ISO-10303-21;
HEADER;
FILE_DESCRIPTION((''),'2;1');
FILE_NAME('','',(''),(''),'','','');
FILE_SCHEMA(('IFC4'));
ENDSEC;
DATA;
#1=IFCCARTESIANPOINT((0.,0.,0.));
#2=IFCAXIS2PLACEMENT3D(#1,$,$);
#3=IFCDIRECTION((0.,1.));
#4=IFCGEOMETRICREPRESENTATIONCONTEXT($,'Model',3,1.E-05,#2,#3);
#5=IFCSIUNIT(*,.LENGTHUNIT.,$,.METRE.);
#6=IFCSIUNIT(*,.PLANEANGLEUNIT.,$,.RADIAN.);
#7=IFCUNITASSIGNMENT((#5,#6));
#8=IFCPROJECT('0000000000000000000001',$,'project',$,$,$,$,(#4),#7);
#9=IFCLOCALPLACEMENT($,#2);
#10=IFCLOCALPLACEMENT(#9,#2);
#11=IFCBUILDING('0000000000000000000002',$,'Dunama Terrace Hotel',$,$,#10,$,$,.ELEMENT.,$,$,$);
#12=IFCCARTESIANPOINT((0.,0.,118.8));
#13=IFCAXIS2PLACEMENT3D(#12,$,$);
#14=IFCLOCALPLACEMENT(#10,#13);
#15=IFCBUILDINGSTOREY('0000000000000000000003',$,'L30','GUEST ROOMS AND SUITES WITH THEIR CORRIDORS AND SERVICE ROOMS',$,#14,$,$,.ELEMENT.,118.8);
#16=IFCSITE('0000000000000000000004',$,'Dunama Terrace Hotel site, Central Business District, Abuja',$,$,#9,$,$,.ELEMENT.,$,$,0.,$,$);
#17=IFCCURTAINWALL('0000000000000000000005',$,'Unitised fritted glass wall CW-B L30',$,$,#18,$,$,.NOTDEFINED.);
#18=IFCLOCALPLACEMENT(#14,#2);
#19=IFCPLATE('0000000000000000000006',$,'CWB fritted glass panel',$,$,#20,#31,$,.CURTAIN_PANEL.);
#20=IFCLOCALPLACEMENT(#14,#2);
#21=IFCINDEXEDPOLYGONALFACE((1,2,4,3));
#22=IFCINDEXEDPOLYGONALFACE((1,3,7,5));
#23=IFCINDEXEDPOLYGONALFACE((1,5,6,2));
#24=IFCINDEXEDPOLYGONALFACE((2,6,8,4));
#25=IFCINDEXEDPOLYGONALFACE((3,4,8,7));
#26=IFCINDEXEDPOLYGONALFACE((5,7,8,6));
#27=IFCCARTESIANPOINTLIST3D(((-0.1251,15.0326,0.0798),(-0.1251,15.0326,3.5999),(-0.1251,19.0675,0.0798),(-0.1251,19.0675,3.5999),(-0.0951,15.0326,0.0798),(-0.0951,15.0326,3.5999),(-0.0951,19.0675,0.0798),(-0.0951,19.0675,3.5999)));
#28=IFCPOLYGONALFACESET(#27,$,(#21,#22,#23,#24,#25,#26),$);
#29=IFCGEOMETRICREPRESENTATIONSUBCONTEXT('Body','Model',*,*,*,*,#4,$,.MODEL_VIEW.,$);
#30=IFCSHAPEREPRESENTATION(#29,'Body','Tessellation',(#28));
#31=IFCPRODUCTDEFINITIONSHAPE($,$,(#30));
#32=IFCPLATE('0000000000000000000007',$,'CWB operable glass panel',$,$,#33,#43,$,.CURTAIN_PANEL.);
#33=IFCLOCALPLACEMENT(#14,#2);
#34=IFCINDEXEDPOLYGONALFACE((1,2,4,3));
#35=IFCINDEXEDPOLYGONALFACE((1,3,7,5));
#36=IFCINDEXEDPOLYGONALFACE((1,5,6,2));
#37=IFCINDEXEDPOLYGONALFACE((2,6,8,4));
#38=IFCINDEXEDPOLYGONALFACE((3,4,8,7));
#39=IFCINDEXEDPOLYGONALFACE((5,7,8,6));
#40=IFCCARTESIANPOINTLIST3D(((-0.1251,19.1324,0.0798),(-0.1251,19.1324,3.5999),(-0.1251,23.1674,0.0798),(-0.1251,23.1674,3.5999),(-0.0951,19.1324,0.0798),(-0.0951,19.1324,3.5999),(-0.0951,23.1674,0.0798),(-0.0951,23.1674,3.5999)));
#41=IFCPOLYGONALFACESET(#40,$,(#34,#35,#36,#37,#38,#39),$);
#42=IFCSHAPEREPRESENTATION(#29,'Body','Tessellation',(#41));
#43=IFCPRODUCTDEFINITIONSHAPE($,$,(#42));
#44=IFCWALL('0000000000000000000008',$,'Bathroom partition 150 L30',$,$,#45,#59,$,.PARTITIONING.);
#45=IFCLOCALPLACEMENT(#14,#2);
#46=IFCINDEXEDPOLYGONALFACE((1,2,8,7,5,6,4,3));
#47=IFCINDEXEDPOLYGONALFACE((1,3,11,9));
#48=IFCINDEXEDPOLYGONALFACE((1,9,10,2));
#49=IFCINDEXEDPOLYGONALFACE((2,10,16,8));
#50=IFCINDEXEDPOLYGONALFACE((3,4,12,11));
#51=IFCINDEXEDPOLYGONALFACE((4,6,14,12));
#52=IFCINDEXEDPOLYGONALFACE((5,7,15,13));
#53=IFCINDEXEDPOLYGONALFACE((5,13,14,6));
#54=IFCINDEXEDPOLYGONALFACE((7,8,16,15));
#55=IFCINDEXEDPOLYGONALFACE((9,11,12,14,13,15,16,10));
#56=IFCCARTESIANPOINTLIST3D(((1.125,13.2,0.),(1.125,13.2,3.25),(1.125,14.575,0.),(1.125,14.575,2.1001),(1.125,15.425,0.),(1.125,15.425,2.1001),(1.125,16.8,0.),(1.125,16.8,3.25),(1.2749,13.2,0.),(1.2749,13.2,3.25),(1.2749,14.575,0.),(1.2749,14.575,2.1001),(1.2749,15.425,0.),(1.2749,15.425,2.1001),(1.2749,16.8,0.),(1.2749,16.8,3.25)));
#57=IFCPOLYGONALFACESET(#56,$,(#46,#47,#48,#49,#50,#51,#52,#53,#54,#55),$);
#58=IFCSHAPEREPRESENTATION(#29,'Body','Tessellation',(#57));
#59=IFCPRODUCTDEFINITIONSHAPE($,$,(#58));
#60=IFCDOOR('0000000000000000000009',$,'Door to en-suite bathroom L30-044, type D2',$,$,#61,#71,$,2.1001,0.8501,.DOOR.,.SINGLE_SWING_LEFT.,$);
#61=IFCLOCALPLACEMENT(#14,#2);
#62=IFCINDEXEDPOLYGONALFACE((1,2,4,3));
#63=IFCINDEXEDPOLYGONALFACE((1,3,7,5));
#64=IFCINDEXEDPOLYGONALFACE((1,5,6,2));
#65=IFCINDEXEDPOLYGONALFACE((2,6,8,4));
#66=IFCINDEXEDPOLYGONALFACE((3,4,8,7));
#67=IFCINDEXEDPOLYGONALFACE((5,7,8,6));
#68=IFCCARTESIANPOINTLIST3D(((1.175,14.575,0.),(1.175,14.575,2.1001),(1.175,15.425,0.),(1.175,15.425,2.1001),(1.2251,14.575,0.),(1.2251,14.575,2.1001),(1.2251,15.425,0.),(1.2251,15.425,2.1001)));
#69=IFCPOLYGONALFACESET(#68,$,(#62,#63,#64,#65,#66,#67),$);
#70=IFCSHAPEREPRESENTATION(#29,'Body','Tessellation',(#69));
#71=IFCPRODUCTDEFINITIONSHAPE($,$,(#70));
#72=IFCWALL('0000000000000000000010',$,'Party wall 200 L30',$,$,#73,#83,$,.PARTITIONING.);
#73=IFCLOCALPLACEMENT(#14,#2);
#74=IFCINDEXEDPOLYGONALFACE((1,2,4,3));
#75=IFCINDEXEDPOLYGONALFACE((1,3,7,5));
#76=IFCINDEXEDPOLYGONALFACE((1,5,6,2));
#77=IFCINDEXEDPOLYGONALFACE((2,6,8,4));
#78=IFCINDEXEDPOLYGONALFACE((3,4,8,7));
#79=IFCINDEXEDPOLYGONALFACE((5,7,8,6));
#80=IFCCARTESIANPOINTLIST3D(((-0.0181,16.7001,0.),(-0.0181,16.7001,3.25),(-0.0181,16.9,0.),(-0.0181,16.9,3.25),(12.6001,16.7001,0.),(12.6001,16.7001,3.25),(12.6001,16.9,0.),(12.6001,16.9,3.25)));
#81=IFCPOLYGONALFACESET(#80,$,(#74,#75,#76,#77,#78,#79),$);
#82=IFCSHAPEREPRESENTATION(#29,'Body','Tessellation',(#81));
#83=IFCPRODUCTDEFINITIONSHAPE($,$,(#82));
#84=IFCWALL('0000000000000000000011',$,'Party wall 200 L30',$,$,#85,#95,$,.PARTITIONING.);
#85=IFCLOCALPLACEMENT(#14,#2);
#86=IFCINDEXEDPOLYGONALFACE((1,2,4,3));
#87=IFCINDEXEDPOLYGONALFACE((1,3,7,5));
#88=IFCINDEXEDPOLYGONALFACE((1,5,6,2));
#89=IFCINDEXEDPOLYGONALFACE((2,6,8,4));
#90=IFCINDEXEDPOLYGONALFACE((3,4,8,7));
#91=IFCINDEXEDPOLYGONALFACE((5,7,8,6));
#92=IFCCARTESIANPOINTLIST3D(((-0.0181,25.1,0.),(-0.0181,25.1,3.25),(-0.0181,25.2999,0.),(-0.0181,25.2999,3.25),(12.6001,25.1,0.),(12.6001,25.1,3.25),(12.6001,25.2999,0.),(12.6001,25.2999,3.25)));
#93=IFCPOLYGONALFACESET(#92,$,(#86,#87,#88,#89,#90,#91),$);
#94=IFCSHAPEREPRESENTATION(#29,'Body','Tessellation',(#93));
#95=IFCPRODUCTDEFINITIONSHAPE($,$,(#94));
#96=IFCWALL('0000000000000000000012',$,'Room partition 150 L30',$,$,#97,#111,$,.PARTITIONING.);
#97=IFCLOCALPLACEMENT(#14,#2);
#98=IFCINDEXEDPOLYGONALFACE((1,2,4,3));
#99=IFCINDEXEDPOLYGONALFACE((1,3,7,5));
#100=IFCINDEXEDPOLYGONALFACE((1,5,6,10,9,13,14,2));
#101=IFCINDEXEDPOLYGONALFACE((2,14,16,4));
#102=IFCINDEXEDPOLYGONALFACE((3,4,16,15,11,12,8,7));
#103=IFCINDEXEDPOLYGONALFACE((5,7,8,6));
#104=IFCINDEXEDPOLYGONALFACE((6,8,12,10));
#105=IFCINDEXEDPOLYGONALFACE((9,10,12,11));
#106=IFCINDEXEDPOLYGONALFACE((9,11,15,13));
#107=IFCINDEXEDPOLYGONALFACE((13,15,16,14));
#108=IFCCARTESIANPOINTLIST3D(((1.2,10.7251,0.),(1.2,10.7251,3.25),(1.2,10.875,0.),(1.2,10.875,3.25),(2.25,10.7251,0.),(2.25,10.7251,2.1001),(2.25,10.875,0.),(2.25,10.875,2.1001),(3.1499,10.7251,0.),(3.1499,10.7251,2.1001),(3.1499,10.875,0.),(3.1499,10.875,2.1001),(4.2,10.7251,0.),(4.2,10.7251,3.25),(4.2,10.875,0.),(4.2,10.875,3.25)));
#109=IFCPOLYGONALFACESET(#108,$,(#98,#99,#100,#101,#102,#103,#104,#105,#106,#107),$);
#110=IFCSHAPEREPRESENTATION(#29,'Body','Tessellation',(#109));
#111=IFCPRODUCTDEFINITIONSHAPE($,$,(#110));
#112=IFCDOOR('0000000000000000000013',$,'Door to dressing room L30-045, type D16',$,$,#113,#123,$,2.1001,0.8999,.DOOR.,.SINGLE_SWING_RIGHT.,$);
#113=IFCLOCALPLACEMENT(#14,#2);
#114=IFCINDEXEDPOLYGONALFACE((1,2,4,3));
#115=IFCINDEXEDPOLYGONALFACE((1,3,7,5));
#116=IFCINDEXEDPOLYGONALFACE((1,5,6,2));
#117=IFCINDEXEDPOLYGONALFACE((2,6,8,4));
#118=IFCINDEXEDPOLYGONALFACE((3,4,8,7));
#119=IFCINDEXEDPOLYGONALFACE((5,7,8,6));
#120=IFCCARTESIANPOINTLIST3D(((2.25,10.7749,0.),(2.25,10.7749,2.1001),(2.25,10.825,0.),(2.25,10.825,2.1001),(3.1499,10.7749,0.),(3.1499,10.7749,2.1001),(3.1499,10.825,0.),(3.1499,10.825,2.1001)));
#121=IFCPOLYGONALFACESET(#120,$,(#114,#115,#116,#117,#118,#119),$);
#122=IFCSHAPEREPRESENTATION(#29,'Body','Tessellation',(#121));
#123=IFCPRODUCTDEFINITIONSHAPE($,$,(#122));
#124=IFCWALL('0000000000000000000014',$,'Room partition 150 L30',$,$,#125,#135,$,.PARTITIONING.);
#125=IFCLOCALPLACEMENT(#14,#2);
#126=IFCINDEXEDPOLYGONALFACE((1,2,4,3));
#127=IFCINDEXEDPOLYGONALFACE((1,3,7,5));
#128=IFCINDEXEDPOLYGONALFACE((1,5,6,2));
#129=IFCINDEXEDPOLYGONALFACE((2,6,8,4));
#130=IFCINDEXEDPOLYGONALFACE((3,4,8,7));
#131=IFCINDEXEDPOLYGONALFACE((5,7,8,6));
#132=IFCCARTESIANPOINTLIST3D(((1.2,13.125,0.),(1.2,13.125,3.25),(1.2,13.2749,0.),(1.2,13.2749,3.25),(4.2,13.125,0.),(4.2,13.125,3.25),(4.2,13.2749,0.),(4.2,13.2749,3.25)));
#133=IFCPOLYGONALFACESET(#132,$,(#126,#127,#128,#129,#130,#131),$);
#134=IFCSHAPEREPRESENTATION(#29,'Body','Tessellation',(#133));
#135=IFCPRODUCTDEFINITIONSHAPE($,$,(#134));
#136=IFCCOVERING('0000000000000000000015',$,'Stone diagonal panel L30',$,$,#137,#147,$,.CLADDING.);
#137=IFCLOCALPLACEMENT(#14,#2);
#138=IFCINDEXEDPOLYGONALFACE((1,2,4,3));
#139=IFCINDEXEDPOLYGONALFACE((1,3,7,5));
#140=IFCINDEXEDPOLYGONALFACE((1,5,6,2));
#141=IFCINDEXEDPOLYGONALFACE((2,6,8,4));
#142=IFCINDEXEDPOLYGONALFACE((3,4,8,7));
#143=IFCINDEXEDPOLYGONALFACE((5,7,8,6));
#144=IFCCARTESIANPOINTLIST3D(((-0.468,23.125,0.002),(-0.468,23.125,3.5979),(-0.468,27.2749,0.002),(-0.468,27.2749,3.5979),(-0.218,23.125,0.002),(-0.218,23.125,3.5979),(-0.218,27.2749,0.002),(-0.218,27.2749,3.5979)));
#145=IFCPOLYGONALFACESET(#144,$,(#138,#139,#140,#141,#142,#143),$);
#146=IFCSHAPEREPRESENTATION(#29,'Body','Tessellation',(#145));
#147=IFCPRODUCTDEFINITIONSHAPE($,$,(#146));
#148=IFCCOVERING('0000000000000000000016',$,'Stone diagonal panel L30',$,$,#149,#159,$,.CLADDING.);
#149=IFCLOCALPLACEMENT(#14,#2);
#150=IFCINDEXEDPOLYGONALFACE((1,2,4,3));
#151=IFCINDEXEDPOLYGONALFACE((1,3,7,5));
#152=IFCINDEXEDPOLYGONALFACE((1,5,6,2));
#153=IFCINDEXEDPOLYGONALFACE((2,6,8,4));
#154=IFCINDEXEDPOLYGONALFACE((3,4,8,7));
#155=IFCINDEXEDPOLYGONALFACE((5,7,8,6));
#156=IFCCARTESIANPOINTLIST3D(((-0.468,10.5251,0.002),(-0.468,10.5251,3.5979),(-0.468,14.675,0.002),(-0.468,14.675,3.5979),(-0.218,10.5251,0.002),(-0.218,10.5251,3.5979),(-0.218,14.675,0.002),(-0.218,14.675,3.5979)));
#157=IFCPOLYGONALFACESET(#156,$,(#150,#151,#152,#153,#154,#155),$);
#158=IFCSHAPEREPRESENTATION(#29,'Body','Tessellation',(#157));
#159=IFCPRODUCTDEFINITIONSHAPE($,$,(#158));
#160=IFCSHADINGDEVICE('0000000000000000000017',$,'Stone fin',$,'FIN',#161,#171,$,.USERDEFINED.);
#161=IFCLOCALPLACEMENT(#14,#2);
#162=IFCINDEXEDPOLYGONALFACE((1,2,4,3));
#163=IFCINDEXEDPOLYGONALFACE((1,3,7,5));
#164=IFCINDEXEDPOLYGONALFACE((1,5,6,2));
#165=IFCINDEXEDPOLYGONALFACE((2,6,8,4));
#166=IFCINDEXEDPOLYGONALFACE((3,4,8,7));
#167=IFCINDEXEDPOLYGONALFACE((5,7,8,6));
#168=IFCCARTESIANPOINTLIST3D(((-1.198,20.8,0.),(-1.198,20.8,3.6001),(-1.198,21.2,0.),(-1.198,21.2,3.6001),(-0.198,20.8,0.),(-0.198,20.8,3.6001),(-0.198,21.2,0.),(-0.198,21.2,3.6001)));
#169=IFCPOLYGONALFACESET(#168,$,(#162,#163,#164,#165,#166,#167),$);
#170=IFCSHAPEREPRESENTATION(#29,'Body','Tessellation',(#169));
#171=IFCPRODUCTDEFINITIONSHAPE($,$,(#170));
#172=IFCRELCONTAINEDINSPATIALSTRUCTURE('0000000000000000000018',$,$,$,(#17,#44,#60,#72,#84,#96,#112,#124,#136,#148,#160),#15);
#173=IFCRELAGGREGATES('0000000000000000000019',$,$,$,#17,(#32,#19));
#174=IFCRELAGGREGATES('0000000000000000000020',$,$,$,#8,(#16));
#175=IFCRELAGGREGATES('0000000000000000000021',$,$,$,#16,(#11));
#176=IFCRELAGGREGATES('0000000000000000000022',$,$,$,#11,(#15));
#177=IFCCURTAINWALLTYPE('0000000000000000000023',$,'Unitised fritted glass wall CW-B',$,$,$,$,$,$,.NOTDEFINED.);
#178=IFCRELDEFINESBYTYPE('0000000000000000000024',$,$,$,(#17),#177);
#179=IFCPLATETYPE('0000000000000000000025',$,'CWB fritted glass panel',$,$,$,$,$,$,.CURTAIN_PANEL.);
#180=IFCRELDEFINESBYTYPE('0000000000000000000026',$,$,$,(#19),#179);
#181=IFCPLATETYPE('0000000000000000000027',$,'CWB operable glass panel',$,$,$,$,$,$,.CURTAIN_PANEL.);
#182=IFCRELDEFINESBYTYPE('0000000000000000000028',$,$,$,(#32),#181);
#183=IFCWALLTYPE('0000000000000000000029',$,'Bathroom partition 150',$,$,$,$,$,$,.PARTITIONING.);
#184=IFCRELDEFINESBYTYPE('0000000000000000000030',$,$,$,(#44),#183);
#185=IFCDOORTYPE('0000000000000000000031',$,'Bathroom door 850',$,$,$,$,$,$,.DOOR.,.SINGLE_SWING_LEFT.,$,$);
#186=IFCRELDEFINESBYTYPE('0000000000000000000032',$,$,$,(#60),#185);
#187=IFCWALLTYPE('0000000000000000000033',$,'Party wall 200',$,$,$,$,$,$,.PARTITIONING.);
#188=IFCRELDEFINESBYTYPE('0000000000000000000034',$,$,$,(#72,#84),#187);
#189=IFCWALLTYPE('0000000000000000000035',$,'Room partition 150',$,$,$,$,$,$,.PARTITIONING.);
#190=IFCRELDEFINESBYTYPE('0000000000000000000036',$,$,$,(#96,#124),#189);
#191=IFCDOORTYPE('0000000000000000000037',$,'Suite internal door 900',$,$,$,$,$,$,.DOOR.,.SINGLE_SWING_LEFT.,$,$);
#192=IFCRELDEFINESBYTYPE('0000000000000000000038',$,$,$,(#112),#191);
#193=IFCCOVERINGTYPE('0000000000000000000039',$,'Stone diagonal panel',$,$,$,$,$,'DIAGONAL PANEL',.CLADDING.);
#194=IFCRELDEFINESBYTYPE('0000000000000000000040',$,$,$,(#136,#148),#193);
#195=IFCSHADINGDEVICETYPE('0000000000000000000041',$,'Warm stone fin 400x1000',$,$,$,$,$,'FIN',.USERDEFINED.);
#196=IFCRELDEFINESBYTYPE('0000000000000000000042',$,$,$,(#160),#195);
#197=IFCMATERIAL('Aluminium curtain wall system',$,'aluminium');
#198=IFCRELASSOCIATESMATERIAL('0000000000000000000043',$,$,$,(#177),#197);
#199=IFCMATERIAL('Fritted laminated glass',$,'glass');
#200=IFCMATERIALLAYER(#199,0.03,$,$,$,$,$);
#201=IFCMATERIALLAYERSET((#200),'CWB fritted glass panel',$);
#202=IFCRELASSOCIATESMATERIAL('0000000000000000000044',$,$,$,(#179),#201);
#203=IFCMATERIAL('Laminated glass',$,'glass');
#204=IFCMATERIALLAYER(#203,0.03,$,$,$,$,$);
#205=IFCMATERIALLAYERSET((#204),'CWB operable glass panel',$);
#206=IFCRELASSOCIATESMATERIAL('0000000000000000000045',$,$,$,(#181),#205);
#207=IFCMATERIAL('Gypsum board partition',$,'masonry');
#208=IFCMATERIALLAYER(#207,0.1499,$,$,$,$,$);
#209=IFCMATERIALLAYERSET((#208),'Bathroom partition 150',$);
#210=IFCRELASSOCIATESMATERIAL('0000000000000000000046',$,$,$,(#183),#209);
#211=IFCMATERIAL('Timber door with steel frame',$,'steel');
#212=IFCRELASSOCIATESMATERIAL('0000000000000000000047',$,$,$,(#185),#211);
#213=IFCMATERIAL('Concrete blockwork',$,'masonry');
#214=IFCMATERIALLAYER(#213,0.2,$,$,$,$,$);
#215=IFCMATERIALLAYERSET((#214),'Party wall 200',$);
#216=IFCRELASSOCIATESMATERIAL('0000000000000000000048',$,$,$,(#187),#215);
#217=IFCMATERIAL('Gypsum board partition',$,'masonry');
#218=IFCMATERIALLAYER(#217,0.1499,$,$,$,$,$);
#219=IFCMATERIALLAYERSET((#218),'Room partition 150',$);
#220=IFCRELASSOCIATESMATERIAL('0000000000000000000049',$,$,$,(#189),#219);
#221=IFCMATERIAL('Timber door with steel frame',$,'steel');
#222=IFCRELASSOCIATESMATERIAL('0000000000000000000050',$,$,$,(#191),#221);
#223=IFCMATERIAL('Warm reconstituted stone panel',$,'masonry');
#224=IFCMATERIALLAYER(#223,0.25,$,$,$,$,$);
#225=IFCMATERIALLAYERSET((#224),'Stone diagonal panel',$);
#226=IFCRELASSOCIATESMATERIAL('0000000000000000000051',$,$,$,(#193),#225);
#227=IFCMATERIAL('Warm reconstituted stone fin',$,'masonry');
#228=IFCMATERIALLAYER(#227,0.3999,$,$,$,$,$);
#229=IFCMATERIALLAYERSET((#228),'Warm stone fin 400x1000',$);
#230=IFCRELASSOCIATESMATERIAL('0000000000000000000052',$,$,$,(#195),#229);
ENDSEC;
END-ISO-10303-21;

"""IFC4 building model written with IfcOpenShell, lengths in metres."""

from ifc_helpers import new_model, si_unit, direction, frame, frame_2d, origin, origin_2d, place, context, subcontext, project, spatial, rectangle, extrude, material, layer, layer_set, type_object, element, fill, aggregate, save


model = new_model("IFC4")

# Units and contexts
model_context = context("Model", 3, precision=1e-05, world=origin(), true_north=direction((0.0, 1.0)))
body_context = subcontext(model_context, "Body", "Model", "MODEL_VIEW")
ifc_project = project(units=[si_unit("LENGTHUNIT", "METRE"), si_unit("PLANEANGLEUNIT", "RADIAN")], contexts=[model_context])

# Site, building, storey
site_placement = place(None, origin())
site = spatial("IfcSite", under=ifc_project, at=site_placement, Name="Dunama Terrace Hotel site, Central Business District, Abuja", CompositionType="ELEMENT", RefElevation=0.0)
building_placement = place(site_placement, origin())
building = spatial("IfcBuilding", under=site, at=building_placement, Name="Dunama Terrace Hotel", CompositionType="ELEMENT")
storey_placement = place(building_placement, frame((0.0, 0.0, 118.8)))
storey = spatial("IfcBuildingStorey", under=building, at=storey_placement, Name="L30", Description="GUEST ROOMS AND SUITES WITH THEIR CORRIDORS AND SERVICE ROOMS", CompositionType="ELEMENT", Elevation=118.8)

# Curtain wall
ifc_material_1 = material(Name="Aluminium curtain wall system", Category="aluminium")
curtain_wall_type = type_object("IfcCurtainWallType", Name="Unitised fritted glass wall CW-B", PredefinedType="NOTDEFINED", material=ifc_material_1)
curtain_wall_placement = place(storey_placement, origin())
curtain_wall = element("IfcCurtainWall", 1, at=curtain_wall_placement, inside=storey, type_object=curtain_wall_type, Name="Unitised fritted glass wall CW-B L30", PredefinedType="NOTDEFINED")

# Plates
ifc_material_2 = material(Name="Fritted laminated glass", Category="glass")
ifc_layer_1 = layer(ifc_material_2, 0.03)
ifc_layer_set_1 = layer_set([ifc_layer_1], Name="CWB fritted glass panel")
plate_type_1 = type_object("IfcPlateType", Name="CWB fritted glass panel", PredefinedType="CURTAIN_PANEL", material=ifc_layer_set_1)
plate_1_placement = place(storey_placement, frame((-0.1101, 17.05, 0.0798), z_axis=(0.0, 0.0, 1.0), x_axis=(0.0, -1.0, 0.0)))
plate_1 = element("IfcPlate", 2, at=plate_1_placement, type_object=plate_type_1, Name="CWB fritted glass panel", PredefinedType="CURTAIN_PANEL", context=body_context, shape_type="SweptSolid", body=[
    extrude(rectangle(XDim=4.0349, YDim=0.03, at=origin_2d()), origin(), (0.0, 0.0, 1.0), 3.52),
])
ifc_material_3 = material(Name="Laminated glass", Category="glass")
ifc_layer_2 = layer(ifc_material_3, 0.03)
ifc_layer_set_2 = layer_set([ifc_layer_2], Name="CWB operable glass panel")
plate_type_2 = type_object("IfcPlateType", Name="CWB operable glass panel", PredefinedType="CURTAIN_PANEL", material=ifc_layer_set_2)
plate_2_placement = place(storey_placement, frame((-0.1101, 21.1499, 0.0798), z_axis=(0.0, 0.0, 1.0), x_axis=(0.0, -1.0, 0.0)))
plate_2 = element("IfcPlate", 3, at=plate_2_placement, type_object=plate_type_2, Name="CWB operable glass panel", PredefinedType="CURTAIN_PANEL", context=body_context, shape_type="SweptSolid", body=[
    extrude(rectangle(XDim=4.0349, YDim=0.03, at=origin_2d()), origin(), (0.0, 0.0, 1.0), 3.52),
])
aggregate(curtain_wall, [plate_2, plate_1])

# Wall, opening, door
ifc_material_4 = material(Name="Gypsum board partition", Category="masonry")
ifc_layer_3 = layer(ifc_material_4, 0.1499)
ifc_layer_set_3 = layer_set([ifc_layer_3], Name="Bathroom partition 150")
wall_type_1 = type_object("IfcWallType", Name="Bathroom partition 150", PredefinedType="PARTITIONING", material=ifc_layer_set_3)
wall_1_placement = place(storey_placement, frame((1.2, 13.2, 0.0), z_axis=(0.0, 0.0, 1.0), x_axis=(0.0, 1.0, 0.0)))
wall_1 = element("IfcWall", 4, at=wall_1_placement, inside=storey, type_object=wall_type_1, Name="Bathroom partition 150 L30", PredefinedType="PARTITIONING", context=body_context, shape_type="SweptSolid", body=[
    extrude(rectangle(XDim=3.6001, YDim=0.1499, at=frame_2d((1.8, 0.0))), origin(), (0.0, 0.0, 1.0), 3.25),
])
opening_1_placement = place(wall_1_placement, frame((1.375, 0.0, 0.0)))
opening_1 = element("IfcOpeningElement", 5, at=opening_1_placement, cuts=wall_1, PredefinedType="OPENING", context=body_context, shape_type="SweptSolid", body=[
    extrude(rectangle(XDim=0.8501, YDim=2.1001, at=frame_2d((0.425, 1.05))), frame((0.0, 0.085, 0.0), z_axis=(0.0, -1.0, 0.0), x_axis=(1.0, 0.0, 0.0)), (0.0, 0.0, 1.0), 0.1699),
])
ifc_material_5 = material(Name="Timber door with steel frame", Category="steel")
door_type_1 = type_object("IfcDoorType", Name="Bathroom door 850", OperationType="SINGLE_SWING_LEFT", PredefinedType="DOOR", material=ifc_material_5)
door_1_placement = place(opening_1_placement, frame((0.8501, 0.0, 0.0), z_axis=(0.0, 0.0, 1.0), x_axis=(-1.0, 0.0, 0.0)))
door_1 = element("IfcDoor", 6, at=door_1_placement, inside=storey, type_object=door_type_1, Name="Door to en-suite bathroom L30-044, type D2", OperationType="SINGLE_SWING_LEFT", OverallHeight=2.1001, OverallWidth=0.8501, PredefinedType="DOOR", context=body_context, shape_type="SweptSolid", body=[
    extrude(rectangle(XDim=0.8501, YDim=2.1001, at=frame_2d((0.425, 1.05))), frame((0.0, 0.0251, 0.0), z_axis=(0.0, -1.0, 0.0), x_axis=(1.0, 0.0, 0.0)), (0.0, 0.0, 1.0), 0.05),
])
fill(opening_1, door_1)

# Walls
ifc_material_6 = material(Name="Concrete blockwork", Category="masonry")
ifc_layer_4 = layer(ifc_material_6, 0.2)
ifc_layer_set_4 = layer_set([ifc_layer_4], Name="Party wall 200")
wall_type_2 = type_object("IfcWallType", Name="Party wall 200", PredefinedType="PARTITIONING", material=ifc_layer_set_4)
for number, where, z_axis, x_axis, name in (
    (7, (-0.0181, 16.8, 0.0), (0.0, 0.0, 1.0), (1.0, 0.0, 0.0), "Party wall 200 L30"),
    (8, (-0.0181, 25.2, 0.0), (0.0, 0.0, 1.0), (1.0, 0.0, 0.0), "Party wall 200 L30"),
):
    element("IfcWall", number, at=place(storey_placement, frame(where, z_axis=z_axis, x_axis=x_axis)), inside=storey, type_object=wall_type_2, Name=name, PredefinedType="PARTITIONING", context=body_context, shape_type="SweptSolid", body=[
        extrude(rectangle(XDim=12.6182, YDim=0.2, at=frame_2d((6.3091, 0.0))), origin(), (0.0, 0.0, 1.0), 3.25),
    ])

# Wall, opening, door
ifc_material_7 = material(Name="Gypsum board partition", Category="masonry")
ifc_layer_5 = layer(ifc_material_7, 0.1499)
ifc_layer_set_5 = layer_set([ifc_layer_5], Name="Room partition 150")
wall_type_3 = type_object("IfcWallType", Name="Room partition 150", PredefinedType="PARTITIONING", material=ifc_layer_set_5)
wall_2_placement = place(storey_placement, frame((1.2, 10.8, 0.0), z_axis=(0.0, 0.0, 1.0), x_axis=(1.0, 0.0, 0.0)))
wall_2 = element("IfcWall", 9, at=wall_2_placement, inside=storey, type_object=wall_type_3, Name="Room partition 150 L30", PredefinedType="PARTITIONING", context=body_context, shape_type="SweptSolid", body=[
    extrude(rectangle(XDim=3.0, YDim=0.1499, at=frame_2d((1.5, 0.0))), origin(), (0.0, 0.0, 1.0), 3.25),
])
opening_2_placement = place(wall_2_placement, frame((1.05, 0.0, 0.0)))
opening_2 = element("IfcOpeningElement", 10, at=opening_2_placement, cuts=wall_2, PredefinedType="OPENING", context=body_context, shape_type="SweptSolid", body=[
    extrude(rectangle(XDim=0.8999, YDim=2.1001, at=frame_2d((0.45, 1.05))), frame((0.0, 0.085, 0.0), z_axis=(0.0, -1.0, 0.0), x_axis=(1.0, 0.0, 0.0)), (0.0, 0.0, 1.0), 0.1699),
])
ifc_material_8 = material(Name="Timber door with steel frame", Category="steel")
door_type_2 = type_object("IfcDoorType", Name="Suite internal door 900", OperationType="SINGLE_SWING_LEFT", PredefinedType="DOOR", material=ifc_material_8)
door_2_placement = place(opening_2_placement, origin())
door_2 = element("IfcDoor", 11, at=door_2_placement, inside=storey, type_object=door_type_2, Name="Door to dressing room L30-045, type D16", OperationType="SINGLE_SWING_RIGHT", OverallHeight=2.1001, OverallWidth=0.8999, PredefinedType="DOOR", context=body_context, shape_type="SweptSolid", body=[
    extrude(rectangle(XDim=0.8999, YDim=2.1001, at=frame_2d((0.45, 1.05))), frame((0.0, 0.0249, 0.0), z_axis=(0.0, -1.0, 0.0), x_axis=(1.0, 0.0, 0.0)), (0.0, 0.0, 1.0), 0.05),
])
fill(opening_2, door_2)

# Wall
wall_3_placement = place(storey_placement, frame((1.2, 13.2, 0.0), z_axis=(0.0, 0.0, 1.0), x_axis=(1.0, 0.0, 0.0)))
element("IfcWall", 12, at=wall_3_placement, inside=storey, type_object=wall_type_3, Name="Room partition 150 L30", PredefinedType="PARTITIONING", context=body_context, shape_type="SweptSolid", body=[
    extrude(rectangle(XDim=3.0, YDim=0.1499, at=frame_2d((1.5, 0.0))), origin(), (0.0, 0.0, 1.0), 3.25),
])

# Coverings
ifc_material_9 = material(Name="Warm reconstituted stone panel", Category="masonry")
ifc_layer_6 = layer(ifc_material_9, 0.25)
ifc_layer_set_6 = layer_set([ifc_layer_6], Name="Stone diagonal panel")
covering_type = type_object("IfcCoveringType", Name="Stone diagonal panel", ElementType="DIAGONAL PANEL", PredefinedType="CLADDING", material=ifc_layer_set_6)
for number, where, z_axis, x_axis, name in (
    (13, (-0.343, 25.2, 0.002), (0.0, 0.0, 1.0), (0.0, -1.0, 0.0), "Stone diagonal panel L30"),
    (14, (-0.343, 12.6001, 0.002), (0.0, 0.0, 1.0), (0.0, -1.0, 0.0), "Stone diagonal panel L30"),
):
    element("IfcCovering", number, at=place(storey_placement, frame(where, z_axis=z_axis, x_axis=x_axis)), inside=storey, type_object=covering_type, Name=name, PredefinedType="CLADDING", context=body_context, shape_type="SweptSolid", body=[
        extrude(rectangle(XDim=4.1499, YDim=0.25, at=origin_2d()), origin(), (0.0, 0.0, 1.0), 3.5959),
    ])

# Shading device
ifc_material_10 = material(Name="Warm reconstituted stone fin", Category="masonry")
ifc_layer_7 = layer(ifc_material_10, 0.3999)
ifc_layer_set_7 = layer_set([ifc_layer_7], Name="Warm stone fin 400x1000")
shading_device_type = type_object("IfcShadingDeviceType", Name="Warm stone fin 400x1000", ElementType="FIN", PredefinedType="USERDEFINED", material=ifc_layer_set_7)
shading_device_placement = place(storey_placement, frame((-0.698, 21.0, 0.0), z_axis=(0.0, 0.0, 1.0), x_axis=(0.0, -1.0, 0.0)))
element("IfcShadingDevice", 15, at=shading_device_placement, inside=storey, type_object=shading_device_type, Name="Stone fin", ObjectType="FIN", PredefinedType="USERDEFINED", context=body_context, shape_type="SweptSolid", body=[
    extrude(rectangle(XDim=0.3999, YDim=1.0, at=origin_2d()), origin(), (0.0, 0.0, 1.0), 3.6001),
])

save(model, "model.ifc")
